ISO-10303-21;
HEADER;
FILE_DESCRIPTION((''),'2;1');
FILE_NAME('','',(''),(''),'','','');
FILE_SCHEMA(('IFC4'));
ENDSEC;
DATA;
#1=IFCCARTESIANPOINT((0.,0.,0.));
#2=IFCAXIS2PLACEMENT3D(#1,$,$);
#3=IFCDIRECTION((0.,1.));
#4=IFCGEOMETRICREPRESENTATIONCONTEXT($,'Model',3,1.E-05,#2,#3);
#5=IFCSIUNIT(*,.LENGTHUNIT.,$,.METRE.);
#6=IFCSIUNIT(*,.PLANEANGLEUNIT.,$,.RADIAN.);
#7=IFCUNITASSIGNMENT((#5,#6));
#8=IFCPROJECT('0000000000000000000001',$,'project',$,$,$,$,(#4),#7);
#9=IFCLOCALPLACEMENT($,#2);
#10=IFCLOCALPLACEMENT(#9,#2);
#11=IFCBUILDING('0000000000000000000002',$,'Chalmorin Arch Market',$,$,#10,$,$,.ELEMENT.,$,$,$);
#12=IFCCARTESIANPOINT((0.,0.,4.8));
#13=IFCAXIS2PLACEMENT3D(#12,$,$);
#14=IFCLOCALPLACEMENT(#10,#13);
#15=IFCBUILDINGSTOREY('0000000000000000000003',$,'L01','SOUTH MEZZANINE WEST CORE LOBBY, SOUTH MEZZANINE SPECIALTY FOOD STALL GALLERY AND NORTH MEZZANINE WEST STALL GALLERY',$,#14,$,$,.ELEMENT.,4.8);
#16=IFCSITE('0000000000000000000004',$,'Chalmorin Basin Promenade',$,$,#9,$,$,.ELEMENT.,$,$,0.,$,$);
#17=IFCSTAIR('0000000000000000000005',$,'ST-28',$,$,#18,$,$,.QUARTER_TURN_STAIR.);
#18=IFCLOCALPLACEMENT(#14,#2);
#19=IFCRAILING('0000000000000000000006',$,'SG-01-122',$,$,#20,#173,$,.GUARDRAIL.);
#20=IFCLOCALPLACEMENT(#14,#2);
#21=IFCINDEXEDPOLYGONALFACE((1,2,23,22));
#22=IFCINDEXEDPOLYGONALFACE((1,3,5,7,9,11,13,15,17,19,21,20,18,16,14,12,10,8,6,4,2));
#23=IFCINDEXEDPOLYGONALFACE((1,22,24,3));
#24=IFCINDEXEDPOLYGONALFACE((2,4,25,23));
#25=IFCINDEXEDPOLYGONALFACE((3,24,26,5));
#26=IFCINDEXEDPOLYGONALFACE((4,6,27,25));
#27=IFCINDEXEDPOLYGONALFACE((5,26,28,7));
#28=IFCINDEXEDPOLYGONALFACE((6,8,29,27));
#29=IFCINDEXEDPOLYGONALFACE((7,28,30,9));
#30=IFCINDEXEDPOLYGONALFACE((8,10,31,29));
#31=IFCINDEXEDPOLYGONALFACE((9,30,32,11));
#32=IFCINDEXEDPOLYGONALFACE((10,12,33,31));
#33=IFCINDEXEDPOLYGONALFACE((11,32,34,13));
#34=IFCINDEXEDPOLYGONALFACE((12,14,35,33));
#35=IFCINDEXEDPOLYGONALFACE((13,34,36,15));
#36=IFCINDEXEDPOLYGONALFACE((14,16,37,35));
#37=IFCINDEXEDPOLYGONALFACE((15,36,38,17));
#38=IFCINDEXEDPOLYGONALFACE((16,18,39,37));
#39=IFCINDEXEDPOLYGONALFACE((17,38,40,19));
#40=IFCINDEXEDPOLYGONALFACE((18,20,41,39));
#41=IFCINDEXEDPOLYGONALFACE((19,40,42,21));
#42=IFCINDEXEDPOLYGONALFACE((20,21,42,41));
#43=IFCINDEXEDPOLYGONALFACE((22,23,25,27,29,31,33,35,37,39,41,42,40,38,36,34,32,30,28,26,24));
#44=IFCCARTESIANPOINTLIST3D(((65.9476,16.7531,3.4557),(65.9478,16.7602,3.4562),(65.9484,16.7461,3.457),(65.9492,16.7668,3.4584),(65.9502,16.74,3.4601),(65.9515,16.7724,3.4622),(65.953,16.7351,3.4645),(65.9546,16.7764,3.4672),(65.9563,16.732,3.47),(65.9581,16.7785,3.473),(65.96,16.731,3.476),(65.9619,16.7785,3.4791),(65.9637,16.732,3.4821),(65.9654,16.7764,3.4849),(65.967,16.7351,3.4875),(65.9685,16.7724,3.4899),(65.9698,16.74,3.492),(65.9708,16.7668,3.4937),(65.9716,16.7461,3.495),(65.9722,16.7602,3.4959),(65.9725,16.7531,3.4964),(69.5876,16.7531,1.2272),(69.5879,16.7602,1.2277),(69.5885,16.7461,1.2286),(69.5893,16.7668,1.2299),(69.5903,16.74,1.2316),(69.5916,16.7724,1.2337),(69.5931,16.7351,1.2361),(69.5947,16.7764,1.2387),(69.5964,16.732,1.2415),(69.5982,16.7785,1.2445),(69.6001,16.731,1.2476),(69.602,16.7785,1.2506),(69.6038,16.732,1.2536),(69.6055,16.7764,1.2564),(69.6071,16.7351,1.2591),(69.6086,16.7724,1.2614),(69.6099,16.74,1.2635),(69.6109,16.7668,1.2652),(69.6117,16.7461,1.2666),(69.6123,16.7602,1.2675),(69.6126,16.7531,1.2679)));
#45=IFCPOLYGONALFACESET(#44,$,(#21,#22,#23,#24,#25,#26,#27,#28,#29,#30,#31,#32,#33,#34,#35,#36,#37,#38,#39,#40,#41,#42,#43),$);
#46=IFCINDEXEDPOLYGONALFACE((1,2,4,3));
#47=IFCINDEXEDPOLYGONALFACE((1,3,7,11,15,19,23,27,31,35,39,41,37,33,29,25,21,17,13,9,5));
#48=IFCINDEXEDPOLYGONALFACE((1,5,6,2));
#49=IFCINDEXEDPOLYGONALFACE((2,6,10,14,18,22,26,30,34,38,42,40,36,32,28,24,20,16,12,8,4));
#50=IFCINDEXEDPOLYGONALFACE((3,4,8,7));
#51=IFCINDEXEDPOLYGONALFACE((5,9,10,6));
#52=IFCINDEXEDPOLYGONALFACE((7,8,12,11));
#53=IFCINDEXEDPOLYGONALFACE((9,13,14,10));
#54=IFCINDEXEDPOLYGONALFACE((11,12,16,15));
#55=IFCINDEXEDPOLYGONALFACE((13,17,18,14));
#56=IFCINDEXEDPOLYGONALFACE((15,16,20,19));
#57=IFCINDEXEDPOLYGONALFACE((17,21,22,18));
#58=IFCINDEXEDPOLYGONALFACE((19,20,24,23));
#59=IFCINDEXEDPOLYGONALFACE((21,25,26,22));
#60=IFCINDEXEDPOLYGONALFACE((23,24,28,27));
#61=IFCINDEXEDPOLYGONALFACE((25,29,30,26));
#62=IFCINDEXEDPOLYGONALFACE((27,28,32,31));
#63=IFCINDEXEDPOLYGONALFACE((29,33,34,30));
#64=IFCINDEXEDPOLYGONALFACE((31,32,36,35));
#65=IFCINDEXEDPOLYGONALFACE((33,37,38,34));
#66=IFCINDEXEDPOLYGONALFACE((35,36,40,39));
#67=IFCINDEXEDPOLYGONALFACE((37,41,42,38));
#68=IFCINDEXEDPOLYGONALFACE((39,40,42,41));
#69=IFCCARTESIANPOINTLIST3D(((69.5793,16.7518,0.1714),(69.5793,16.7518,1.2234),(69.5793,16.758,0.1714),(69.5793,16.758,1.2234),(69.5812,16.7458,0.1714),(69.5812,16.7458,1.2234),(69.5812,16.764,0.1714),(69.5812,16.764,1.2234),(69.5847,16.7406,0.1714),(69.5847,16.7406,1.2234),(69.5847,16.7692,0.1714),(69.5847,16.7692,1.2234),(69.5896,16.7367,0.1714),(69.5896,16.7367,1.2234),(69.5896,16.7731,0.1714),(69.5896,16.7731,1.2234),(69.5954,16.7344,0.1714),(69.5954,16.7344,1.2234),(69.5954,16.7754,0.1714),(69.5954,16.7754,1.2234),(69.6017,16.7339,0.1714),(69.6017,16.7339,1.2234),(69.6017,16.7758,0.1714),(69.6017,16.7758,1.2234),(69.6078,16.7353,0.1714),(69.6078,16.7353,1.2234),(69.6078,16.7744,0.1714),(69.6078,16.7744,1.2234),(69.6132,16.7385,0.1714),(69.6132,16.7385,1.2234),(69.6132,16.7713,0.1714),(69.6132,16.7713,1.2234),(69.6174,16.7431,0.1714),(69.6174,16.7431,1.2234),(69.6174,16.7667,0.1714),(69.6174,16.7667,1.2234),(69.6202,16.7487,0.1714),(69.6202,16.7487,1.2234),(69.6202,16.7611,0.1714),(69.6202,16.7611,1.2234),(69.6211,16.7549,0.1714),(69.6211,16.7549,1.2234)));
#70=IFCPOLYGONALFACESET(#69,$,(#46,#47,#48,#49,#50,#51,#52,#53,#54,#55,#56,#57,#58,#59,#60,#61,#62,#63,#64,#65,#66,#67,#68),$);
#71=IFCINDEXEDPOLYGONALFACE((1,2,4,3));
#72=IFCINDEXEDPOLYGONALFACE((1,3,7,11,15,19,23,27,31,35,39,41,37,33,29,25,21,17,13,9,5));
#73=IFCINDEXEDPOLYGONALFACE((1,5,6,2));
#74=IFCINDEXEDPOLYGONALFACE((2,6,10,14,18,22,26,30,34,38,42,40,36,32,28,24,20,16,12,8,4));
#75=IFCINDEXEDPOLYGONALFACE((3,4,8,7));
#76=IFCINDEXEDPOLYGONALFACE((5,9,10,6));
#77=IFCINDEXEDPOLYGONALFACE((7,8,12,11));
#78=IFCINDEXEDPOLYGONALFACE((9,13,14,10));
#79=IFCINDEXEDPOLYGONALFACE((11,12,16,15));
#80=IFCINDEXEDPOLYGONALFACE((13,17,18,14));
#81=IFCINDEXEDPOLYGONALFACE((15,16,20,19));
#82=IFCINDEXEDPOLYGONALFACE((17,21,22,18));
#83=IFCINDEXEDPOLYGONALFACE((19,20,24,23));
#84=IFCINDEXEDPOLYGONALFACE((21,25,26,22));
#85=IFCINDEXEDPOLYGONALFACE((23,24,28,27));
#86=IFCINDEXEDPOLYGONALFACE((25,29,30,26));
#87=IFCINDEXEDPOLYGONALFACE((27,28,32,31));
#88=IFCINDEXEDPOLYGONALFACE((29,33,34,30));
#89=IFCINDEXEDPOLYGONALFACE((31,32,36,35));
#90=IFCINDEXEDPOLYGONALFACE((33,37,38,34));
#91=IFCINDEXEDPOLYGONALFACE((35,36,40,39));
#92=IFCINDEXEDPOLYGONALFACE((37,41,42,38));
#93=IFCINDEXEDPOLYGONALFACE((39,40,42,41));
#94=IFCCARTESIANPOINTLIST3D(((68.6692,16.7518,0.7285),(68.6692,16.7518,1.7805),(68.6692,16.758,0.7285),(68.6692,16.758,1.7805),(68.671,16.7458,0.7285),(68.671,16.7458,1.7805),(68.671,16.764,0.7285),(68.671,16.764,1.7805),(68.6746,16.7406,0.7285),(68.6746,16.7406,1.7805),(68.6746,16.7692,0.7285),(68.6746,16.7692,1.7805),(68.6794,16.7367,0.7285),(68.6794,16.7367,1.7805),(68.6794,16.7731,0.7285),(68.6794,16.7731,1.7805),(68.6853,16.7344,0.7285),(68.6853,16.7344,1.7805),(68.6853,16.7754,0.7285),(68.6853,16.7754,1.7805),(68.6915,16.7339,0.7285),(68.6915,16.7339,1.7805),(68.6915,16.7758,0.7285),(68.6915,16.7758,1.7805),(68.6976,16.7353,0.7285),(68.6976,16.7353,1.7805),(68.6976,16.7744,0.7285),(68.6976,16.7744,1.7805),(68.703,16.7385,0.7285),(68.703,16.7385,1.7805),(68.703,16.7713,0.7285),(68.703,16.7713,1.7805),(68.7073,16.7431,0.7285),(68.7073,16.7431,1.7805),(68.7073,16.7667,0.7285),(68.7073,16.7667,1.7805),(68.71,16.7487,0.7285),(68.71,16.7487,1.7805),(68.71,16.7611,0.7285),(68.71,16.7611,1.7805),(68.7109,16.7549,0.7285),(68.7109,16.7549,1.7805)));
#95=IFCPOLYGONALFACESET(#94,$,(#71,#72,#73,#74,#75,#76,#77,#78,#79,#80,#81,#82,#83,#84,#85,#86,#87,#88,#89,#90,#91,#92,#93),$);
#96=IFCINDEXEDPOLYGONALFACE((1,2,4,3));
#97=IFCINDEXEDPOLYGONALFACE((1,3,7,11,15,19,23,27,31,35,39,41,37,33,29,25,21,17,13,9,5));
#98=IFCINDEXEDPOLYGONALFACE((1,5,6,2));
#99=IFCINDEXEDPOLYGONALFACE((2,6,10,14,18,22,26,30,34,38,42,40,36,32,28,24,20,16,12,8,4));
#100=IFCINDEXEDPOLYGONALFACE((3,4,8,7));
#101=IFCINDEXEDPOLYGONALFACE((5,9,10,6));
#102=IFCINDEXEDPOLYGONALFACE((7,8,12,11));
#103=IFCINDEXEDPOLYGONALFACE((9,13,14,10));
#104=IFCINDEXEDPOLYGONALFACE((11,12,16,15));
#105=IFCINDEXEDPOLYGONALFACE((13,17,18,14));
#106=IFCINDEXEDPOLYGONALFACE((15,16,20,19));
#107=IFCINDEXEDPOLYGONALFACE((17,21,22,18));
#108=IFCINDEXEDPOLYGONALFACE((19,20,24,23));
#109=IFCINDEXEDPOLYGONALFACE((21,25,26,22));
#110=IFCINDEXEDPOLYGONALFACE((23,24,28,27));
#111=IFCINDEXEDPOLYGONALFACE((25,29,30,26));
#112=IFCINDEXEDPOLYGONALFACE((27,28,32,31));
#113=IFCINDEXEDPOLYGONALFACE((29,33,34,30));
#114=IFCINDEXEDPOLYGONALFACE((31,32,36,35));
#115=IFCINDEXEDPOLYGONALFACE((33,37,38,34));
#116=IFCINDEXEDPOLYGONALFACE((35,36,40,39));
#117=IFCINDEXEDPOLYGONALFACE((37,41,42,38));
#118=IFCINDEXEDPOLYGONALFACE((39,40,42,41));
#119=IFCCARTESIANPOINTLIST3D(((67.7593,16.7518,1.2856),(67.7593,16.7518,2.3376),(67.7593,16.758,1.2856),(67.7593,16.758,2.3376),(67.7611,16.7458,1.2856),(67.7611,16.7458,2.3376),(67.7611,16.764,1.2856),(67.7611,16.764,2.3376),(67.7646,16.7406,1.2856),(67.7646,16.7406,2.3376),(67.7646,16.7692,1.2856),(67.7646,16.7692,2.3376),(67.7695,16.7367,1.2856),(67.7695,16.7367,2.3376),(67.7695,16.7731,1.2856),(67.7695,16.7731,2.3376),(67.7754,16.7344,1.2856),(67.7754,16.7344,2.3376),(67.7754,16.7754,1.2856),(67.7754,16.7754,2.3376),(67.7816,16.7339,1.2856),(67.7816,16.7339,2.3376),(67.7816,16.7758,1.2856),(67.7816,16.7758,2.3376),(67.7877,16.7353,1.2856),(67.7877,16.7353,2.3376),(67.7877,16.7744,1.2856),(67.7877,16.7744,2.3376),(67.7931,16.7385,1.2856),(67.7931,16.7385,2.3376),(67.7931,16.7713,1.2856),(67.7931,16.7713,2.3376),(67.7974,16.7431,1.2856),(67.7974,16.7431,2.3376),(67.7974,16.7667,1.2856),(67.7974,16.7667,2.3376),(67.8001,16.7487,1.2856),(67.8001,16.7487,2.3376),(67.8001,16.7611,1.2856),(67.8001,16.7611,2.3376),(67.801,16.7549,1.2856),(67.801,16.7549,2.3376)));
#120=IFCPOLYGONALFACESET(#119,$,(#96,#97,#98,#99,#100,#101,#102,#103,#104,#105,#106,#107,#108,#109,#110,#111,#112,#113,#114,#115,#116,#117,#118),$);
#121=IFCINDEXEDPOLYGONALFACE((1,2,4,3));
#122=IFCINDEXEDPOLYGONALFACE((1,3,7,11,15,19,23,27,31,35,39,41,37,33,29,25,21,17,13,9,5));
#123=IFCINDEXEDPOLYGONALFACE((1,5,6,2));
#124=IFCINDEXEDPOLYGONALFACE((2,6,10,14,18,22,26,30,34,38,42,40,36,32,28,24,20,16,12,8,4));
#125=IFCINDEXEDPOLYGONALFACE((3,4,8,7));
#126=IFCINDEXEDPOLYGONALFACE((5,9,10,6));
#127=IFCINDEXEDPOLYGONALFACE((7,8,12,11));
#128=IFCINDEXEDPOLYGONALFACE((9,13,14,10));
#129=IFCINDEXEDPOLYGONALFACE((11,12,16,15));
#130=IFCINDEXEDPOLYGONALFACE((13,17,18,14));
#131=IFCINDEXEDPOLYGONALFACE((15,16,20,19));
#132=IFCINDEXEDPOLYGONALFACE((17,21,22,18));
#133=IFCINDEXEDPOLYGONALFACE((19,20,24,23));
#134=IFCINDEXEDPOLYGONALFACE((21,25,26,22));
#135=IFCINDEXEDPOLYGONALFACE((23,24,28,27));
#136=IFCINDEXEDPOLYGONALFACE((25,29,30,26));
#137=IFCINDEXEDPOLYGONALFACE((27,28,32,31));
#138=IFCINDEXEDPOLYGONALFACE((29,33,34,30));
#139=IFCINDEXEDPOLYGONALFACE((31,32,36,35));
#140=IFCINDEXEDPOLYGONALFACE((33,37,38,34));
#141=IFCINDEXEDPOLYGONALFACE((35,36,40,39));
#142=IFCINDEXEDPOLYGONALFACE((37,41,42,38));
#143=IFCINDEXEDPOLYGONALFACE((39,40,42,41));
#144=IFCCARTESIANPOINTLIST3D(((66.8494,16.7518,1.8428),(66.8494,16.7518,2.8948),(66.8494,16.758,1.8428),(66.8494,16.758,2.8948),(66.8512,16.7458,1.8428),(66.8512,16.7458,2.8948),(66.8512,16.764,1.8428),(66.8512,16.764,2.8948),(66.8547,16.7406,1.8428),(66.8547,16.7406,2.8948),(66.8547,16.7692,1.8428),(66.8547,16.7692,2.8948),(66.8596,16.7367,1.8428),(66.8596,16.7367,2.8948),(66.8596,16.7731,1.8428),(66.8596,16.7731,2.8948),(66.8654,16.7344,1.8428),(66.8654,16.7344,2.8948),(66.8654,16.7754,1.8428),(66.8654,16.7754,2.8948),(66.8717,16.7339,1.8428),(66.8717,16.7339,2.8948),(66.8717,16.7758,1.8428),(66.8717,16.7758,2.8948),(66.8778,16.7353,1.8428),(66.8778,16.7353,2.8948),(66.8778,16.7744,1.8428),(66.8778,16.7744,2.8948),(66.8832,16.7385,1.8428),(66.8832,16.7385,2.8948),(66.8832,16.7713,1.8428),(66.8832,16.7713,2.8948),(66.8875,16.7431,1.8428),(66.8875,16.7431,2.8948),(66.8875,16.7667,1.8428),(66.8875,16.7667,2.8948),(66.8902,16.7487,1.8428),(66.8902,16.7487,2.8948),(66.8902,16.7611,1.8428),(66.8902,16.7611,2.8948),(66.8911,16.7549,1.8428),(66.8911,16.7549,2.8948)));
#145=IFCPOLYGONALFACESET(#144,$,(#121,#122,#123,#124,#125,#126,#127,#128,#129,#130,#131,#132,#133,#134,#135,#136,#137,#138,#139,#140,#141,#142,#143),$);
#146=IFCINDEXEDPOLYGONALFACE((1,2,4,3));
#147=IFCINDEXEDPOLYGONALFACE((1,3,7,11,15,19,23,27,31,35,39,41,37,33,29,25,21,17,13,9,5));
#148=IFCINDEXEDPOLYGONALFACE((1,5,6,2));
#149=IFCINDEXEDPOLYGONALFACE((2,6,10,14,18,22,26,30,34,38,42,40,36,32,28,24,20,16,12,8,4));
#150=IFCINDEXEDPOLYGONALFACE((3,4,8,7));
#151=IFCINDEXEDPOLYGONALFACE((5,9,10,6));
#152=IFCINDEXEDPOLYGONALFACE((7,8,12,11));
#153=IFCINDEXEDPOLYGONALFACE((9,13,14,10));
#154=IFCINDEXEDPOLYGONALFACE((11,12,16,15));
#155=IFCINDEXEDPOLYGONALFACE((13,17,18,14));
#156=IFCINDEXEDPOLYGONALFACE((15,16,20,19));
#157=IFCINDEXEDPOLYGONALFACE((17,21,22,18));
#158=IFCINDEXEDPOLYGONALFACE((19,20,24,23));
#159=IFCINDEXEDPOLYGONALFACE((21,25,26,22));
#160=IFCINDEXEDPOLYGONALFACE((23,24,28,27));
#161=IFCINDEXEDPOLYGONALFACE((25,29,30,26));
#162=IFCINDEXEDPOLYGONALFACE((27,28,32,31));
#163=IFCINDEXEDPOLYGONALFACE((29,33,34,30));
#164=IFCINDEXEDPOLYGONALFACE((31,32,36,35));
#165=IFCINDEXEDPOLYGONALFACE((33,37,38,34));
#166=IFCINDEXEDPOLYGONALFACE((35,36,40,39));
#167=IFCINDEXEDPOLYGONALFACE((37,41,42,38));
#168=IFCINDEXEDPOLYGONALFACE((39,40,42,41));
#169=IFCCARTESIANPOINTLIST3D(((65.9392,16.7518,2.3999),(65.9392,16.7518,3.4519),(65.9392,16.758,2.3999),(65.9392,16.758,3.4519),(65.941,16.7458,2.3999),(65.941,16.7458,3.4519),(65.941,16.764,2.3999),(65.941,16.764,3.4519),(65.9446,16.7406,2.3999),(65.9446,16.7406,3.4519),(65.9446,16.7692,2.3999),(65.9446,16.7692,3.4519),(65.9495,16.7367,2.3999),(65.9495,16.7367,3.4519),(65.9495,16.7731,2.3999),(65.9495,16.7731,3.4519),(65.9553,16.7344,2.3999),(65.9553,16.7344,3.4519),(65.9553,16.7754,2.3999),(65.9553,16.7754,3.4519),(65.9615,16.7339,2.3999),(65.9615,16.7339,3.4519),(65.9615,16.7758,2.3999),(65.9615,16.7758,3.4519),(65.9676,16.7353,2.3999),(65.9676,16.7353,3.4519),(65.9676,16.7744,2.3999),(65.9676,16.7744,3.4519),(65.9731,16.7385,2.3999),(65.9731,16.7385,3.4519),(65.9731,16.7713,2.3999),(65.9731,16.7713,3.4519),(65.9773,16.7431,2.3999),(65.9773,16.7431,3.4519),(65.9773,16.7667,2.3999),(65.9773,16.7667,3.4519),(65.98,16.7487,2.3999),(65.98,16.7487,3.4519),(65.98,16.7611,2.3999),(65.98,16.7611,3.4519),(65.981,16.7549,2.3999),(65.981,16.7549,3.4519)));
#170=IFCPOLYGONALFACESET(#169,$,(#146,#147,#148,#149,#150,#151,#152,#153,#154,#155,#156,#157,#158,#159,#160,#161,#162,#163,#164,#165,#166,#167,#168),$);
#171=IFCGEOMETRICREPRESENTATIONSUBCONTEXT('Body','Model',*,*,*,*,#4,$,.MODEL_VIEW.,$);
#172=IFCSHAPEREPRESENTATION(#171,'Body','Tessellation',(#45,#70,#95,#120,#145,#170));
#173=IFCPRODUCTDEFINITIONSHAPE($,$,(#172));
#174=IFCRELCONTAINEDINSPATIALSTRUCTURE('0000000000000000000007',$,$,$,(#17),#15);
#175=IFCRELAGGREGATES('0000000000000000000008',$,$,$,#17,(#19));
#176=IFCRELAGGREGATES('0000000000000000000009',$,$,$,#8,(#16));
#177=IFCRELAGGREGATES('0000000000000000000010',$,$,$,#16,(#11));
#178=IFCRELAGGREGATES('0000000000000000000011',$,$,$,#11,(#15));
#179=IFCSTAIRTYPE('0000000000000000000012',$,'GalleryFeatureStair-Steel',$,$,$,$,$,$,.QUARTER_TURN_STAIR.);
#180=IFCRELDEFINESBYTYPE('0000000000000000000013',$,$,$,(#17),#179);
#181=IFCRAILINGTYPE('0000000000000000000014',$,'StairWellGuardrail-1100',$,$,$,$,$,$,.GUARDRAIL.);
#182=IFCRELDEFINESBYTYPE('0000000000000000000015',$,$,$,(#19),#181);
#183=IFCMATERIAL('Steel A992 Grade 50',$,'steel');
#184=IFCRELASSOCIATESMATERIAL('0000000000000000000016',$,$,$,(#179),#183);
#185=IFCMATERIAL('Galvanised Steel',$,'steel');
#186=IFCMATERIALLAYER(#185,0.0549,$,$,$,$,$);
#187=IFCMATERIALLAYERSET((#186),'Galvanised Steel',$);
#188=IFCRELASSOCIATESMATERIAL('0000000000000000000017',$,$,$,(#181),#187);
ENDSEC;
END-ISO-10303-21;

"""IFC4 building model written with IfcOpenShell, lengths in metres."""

from ifc_helpers import new_model, si_unit, direction, frame, origin, origin_2d, place, context, subcontext, project, spatial, circle, extrude, material, layer, layer_set, type_object, element, aggregate, save


model = new_model("IFC4")

# Units and contexts
model_context = context("Model", 3, precision=1e-05, world=origin(), true_north=direction((0.0, 1.0)))
body_context = subcontext(model_context, "Body", "Model", "MODEL_VIEW")
ifc_project = project(units=[si_unit("LENGTHUNIT", "METRE"), si_unit("PLANEANGLEUNIT", "RADIAN")], contexts=[model_context])

# Site, building, storey
site_placement = place(None, origin())
site = spatial("IfcSite", under=ifc_project, at=site_placement, Name="Chalmorin Basin Promenade", CompositionType="ELEMENT", RefElevation=0.0)
building_placement = place(site_placement, origin())
building = spatial("IfcBuilding", under=site, at=building_placement, Name="Chalmorin Arch Market", CompositionType="ELEMENT")
storey_placement = place(building_placement, frame((0.0, 0.0, 4.8)))
storey = spatial("IfcBuildingStorey", under=building, at=storey_placement, Name="L01", Description="SOUTH MEZZANINE WEST CORE LOBBY, SOUTH MEZZANINE SPECIALTY FOOD STALL GALLERY AND NORTH MEZZANINE WEST STALL GALLERY", CompositionType="ELEMENT", Elevation=4.8)

# Shared definitions
ifc_material_1 = material(Name="Steel A992 Grade 50", Category="steel")

# Stair
stair_type = type_object("IfcStairType", Name="GalleryFeatureStair-Steel", PredefinedType="QUARTER_TURN_STAIR", material=ifc_material_1)
stair_placement = place(storey_placement, origin())
stair = element("IfcStair", 1, at=stair_placement, inside=storey, type_object=stair_type, Name="ST-28", PredefinedType="QUARTER_TURN_STAIR")

# Railing
ifc_material_2 = material(Name="Galvanised Steel", Category="steel")
ifc_layer_1 = layer(ifc_material_2, 0.0549)
ifc_layer_set_1 = layer_set([ifc_layer_1], Name="Galvanised Steel")
railing_type = type_object("IfcRailingType", Name="StairWellGuardrail-1100", PredefinedType="GUARDRAIL", material=ifc_layer_set_1)
railing_1_placement = place(storey_placement, frame((69.6001, 16.7549, 0.1714)))
railing_1 = element("IfcRailing", 2, at=railing_1_placement, type_object=railing_type, Name="SG-01-122", PredefinedType="GUARDRAIL", context=body_context, shape_type="SweptSolid", body=[
    extrude(circle(Radius=0.0239, at=origin_2d()), frame((0.0, 0.0, 1.0762), z_axis=(-0.852866, 0.0, 0.52213), x_axis=(0.0, -1.0, 0.0)), (0.0, 0.0, 1.0), 4.2681),
    extrude(circle(Radius=0.021, at=origin_2d()), origin(), (0.0, 0.0, 1.0), 1.052),
    extrude(circle(Radius=0.021, at=origin_2d()), frame((-0.9102, 0.0, 0.5571)), (0.0, 0.0, 1.0), 1.052),
    extrude(circle(Radius=0.021, at=origin_2d()), frame((-1.8201, 0.0, 1.1143)), (0.0, 0.0, 1.0), 1.052),
    extrude(circle(Radius=0.021, at=origin_2d()), frame((-2.73, 0.0, 1.6714)), (0.0, 0.0, 1.0), 1.052),
    extrude(circle(Radius=0.021, at=origin_2d()), frame((-3.6401, 0.0, 2.2285)), (0.0, 0.0, 1.0), 1.052),
])
aggregate(stair, [railing_1])

save(model, "model.ifc")
